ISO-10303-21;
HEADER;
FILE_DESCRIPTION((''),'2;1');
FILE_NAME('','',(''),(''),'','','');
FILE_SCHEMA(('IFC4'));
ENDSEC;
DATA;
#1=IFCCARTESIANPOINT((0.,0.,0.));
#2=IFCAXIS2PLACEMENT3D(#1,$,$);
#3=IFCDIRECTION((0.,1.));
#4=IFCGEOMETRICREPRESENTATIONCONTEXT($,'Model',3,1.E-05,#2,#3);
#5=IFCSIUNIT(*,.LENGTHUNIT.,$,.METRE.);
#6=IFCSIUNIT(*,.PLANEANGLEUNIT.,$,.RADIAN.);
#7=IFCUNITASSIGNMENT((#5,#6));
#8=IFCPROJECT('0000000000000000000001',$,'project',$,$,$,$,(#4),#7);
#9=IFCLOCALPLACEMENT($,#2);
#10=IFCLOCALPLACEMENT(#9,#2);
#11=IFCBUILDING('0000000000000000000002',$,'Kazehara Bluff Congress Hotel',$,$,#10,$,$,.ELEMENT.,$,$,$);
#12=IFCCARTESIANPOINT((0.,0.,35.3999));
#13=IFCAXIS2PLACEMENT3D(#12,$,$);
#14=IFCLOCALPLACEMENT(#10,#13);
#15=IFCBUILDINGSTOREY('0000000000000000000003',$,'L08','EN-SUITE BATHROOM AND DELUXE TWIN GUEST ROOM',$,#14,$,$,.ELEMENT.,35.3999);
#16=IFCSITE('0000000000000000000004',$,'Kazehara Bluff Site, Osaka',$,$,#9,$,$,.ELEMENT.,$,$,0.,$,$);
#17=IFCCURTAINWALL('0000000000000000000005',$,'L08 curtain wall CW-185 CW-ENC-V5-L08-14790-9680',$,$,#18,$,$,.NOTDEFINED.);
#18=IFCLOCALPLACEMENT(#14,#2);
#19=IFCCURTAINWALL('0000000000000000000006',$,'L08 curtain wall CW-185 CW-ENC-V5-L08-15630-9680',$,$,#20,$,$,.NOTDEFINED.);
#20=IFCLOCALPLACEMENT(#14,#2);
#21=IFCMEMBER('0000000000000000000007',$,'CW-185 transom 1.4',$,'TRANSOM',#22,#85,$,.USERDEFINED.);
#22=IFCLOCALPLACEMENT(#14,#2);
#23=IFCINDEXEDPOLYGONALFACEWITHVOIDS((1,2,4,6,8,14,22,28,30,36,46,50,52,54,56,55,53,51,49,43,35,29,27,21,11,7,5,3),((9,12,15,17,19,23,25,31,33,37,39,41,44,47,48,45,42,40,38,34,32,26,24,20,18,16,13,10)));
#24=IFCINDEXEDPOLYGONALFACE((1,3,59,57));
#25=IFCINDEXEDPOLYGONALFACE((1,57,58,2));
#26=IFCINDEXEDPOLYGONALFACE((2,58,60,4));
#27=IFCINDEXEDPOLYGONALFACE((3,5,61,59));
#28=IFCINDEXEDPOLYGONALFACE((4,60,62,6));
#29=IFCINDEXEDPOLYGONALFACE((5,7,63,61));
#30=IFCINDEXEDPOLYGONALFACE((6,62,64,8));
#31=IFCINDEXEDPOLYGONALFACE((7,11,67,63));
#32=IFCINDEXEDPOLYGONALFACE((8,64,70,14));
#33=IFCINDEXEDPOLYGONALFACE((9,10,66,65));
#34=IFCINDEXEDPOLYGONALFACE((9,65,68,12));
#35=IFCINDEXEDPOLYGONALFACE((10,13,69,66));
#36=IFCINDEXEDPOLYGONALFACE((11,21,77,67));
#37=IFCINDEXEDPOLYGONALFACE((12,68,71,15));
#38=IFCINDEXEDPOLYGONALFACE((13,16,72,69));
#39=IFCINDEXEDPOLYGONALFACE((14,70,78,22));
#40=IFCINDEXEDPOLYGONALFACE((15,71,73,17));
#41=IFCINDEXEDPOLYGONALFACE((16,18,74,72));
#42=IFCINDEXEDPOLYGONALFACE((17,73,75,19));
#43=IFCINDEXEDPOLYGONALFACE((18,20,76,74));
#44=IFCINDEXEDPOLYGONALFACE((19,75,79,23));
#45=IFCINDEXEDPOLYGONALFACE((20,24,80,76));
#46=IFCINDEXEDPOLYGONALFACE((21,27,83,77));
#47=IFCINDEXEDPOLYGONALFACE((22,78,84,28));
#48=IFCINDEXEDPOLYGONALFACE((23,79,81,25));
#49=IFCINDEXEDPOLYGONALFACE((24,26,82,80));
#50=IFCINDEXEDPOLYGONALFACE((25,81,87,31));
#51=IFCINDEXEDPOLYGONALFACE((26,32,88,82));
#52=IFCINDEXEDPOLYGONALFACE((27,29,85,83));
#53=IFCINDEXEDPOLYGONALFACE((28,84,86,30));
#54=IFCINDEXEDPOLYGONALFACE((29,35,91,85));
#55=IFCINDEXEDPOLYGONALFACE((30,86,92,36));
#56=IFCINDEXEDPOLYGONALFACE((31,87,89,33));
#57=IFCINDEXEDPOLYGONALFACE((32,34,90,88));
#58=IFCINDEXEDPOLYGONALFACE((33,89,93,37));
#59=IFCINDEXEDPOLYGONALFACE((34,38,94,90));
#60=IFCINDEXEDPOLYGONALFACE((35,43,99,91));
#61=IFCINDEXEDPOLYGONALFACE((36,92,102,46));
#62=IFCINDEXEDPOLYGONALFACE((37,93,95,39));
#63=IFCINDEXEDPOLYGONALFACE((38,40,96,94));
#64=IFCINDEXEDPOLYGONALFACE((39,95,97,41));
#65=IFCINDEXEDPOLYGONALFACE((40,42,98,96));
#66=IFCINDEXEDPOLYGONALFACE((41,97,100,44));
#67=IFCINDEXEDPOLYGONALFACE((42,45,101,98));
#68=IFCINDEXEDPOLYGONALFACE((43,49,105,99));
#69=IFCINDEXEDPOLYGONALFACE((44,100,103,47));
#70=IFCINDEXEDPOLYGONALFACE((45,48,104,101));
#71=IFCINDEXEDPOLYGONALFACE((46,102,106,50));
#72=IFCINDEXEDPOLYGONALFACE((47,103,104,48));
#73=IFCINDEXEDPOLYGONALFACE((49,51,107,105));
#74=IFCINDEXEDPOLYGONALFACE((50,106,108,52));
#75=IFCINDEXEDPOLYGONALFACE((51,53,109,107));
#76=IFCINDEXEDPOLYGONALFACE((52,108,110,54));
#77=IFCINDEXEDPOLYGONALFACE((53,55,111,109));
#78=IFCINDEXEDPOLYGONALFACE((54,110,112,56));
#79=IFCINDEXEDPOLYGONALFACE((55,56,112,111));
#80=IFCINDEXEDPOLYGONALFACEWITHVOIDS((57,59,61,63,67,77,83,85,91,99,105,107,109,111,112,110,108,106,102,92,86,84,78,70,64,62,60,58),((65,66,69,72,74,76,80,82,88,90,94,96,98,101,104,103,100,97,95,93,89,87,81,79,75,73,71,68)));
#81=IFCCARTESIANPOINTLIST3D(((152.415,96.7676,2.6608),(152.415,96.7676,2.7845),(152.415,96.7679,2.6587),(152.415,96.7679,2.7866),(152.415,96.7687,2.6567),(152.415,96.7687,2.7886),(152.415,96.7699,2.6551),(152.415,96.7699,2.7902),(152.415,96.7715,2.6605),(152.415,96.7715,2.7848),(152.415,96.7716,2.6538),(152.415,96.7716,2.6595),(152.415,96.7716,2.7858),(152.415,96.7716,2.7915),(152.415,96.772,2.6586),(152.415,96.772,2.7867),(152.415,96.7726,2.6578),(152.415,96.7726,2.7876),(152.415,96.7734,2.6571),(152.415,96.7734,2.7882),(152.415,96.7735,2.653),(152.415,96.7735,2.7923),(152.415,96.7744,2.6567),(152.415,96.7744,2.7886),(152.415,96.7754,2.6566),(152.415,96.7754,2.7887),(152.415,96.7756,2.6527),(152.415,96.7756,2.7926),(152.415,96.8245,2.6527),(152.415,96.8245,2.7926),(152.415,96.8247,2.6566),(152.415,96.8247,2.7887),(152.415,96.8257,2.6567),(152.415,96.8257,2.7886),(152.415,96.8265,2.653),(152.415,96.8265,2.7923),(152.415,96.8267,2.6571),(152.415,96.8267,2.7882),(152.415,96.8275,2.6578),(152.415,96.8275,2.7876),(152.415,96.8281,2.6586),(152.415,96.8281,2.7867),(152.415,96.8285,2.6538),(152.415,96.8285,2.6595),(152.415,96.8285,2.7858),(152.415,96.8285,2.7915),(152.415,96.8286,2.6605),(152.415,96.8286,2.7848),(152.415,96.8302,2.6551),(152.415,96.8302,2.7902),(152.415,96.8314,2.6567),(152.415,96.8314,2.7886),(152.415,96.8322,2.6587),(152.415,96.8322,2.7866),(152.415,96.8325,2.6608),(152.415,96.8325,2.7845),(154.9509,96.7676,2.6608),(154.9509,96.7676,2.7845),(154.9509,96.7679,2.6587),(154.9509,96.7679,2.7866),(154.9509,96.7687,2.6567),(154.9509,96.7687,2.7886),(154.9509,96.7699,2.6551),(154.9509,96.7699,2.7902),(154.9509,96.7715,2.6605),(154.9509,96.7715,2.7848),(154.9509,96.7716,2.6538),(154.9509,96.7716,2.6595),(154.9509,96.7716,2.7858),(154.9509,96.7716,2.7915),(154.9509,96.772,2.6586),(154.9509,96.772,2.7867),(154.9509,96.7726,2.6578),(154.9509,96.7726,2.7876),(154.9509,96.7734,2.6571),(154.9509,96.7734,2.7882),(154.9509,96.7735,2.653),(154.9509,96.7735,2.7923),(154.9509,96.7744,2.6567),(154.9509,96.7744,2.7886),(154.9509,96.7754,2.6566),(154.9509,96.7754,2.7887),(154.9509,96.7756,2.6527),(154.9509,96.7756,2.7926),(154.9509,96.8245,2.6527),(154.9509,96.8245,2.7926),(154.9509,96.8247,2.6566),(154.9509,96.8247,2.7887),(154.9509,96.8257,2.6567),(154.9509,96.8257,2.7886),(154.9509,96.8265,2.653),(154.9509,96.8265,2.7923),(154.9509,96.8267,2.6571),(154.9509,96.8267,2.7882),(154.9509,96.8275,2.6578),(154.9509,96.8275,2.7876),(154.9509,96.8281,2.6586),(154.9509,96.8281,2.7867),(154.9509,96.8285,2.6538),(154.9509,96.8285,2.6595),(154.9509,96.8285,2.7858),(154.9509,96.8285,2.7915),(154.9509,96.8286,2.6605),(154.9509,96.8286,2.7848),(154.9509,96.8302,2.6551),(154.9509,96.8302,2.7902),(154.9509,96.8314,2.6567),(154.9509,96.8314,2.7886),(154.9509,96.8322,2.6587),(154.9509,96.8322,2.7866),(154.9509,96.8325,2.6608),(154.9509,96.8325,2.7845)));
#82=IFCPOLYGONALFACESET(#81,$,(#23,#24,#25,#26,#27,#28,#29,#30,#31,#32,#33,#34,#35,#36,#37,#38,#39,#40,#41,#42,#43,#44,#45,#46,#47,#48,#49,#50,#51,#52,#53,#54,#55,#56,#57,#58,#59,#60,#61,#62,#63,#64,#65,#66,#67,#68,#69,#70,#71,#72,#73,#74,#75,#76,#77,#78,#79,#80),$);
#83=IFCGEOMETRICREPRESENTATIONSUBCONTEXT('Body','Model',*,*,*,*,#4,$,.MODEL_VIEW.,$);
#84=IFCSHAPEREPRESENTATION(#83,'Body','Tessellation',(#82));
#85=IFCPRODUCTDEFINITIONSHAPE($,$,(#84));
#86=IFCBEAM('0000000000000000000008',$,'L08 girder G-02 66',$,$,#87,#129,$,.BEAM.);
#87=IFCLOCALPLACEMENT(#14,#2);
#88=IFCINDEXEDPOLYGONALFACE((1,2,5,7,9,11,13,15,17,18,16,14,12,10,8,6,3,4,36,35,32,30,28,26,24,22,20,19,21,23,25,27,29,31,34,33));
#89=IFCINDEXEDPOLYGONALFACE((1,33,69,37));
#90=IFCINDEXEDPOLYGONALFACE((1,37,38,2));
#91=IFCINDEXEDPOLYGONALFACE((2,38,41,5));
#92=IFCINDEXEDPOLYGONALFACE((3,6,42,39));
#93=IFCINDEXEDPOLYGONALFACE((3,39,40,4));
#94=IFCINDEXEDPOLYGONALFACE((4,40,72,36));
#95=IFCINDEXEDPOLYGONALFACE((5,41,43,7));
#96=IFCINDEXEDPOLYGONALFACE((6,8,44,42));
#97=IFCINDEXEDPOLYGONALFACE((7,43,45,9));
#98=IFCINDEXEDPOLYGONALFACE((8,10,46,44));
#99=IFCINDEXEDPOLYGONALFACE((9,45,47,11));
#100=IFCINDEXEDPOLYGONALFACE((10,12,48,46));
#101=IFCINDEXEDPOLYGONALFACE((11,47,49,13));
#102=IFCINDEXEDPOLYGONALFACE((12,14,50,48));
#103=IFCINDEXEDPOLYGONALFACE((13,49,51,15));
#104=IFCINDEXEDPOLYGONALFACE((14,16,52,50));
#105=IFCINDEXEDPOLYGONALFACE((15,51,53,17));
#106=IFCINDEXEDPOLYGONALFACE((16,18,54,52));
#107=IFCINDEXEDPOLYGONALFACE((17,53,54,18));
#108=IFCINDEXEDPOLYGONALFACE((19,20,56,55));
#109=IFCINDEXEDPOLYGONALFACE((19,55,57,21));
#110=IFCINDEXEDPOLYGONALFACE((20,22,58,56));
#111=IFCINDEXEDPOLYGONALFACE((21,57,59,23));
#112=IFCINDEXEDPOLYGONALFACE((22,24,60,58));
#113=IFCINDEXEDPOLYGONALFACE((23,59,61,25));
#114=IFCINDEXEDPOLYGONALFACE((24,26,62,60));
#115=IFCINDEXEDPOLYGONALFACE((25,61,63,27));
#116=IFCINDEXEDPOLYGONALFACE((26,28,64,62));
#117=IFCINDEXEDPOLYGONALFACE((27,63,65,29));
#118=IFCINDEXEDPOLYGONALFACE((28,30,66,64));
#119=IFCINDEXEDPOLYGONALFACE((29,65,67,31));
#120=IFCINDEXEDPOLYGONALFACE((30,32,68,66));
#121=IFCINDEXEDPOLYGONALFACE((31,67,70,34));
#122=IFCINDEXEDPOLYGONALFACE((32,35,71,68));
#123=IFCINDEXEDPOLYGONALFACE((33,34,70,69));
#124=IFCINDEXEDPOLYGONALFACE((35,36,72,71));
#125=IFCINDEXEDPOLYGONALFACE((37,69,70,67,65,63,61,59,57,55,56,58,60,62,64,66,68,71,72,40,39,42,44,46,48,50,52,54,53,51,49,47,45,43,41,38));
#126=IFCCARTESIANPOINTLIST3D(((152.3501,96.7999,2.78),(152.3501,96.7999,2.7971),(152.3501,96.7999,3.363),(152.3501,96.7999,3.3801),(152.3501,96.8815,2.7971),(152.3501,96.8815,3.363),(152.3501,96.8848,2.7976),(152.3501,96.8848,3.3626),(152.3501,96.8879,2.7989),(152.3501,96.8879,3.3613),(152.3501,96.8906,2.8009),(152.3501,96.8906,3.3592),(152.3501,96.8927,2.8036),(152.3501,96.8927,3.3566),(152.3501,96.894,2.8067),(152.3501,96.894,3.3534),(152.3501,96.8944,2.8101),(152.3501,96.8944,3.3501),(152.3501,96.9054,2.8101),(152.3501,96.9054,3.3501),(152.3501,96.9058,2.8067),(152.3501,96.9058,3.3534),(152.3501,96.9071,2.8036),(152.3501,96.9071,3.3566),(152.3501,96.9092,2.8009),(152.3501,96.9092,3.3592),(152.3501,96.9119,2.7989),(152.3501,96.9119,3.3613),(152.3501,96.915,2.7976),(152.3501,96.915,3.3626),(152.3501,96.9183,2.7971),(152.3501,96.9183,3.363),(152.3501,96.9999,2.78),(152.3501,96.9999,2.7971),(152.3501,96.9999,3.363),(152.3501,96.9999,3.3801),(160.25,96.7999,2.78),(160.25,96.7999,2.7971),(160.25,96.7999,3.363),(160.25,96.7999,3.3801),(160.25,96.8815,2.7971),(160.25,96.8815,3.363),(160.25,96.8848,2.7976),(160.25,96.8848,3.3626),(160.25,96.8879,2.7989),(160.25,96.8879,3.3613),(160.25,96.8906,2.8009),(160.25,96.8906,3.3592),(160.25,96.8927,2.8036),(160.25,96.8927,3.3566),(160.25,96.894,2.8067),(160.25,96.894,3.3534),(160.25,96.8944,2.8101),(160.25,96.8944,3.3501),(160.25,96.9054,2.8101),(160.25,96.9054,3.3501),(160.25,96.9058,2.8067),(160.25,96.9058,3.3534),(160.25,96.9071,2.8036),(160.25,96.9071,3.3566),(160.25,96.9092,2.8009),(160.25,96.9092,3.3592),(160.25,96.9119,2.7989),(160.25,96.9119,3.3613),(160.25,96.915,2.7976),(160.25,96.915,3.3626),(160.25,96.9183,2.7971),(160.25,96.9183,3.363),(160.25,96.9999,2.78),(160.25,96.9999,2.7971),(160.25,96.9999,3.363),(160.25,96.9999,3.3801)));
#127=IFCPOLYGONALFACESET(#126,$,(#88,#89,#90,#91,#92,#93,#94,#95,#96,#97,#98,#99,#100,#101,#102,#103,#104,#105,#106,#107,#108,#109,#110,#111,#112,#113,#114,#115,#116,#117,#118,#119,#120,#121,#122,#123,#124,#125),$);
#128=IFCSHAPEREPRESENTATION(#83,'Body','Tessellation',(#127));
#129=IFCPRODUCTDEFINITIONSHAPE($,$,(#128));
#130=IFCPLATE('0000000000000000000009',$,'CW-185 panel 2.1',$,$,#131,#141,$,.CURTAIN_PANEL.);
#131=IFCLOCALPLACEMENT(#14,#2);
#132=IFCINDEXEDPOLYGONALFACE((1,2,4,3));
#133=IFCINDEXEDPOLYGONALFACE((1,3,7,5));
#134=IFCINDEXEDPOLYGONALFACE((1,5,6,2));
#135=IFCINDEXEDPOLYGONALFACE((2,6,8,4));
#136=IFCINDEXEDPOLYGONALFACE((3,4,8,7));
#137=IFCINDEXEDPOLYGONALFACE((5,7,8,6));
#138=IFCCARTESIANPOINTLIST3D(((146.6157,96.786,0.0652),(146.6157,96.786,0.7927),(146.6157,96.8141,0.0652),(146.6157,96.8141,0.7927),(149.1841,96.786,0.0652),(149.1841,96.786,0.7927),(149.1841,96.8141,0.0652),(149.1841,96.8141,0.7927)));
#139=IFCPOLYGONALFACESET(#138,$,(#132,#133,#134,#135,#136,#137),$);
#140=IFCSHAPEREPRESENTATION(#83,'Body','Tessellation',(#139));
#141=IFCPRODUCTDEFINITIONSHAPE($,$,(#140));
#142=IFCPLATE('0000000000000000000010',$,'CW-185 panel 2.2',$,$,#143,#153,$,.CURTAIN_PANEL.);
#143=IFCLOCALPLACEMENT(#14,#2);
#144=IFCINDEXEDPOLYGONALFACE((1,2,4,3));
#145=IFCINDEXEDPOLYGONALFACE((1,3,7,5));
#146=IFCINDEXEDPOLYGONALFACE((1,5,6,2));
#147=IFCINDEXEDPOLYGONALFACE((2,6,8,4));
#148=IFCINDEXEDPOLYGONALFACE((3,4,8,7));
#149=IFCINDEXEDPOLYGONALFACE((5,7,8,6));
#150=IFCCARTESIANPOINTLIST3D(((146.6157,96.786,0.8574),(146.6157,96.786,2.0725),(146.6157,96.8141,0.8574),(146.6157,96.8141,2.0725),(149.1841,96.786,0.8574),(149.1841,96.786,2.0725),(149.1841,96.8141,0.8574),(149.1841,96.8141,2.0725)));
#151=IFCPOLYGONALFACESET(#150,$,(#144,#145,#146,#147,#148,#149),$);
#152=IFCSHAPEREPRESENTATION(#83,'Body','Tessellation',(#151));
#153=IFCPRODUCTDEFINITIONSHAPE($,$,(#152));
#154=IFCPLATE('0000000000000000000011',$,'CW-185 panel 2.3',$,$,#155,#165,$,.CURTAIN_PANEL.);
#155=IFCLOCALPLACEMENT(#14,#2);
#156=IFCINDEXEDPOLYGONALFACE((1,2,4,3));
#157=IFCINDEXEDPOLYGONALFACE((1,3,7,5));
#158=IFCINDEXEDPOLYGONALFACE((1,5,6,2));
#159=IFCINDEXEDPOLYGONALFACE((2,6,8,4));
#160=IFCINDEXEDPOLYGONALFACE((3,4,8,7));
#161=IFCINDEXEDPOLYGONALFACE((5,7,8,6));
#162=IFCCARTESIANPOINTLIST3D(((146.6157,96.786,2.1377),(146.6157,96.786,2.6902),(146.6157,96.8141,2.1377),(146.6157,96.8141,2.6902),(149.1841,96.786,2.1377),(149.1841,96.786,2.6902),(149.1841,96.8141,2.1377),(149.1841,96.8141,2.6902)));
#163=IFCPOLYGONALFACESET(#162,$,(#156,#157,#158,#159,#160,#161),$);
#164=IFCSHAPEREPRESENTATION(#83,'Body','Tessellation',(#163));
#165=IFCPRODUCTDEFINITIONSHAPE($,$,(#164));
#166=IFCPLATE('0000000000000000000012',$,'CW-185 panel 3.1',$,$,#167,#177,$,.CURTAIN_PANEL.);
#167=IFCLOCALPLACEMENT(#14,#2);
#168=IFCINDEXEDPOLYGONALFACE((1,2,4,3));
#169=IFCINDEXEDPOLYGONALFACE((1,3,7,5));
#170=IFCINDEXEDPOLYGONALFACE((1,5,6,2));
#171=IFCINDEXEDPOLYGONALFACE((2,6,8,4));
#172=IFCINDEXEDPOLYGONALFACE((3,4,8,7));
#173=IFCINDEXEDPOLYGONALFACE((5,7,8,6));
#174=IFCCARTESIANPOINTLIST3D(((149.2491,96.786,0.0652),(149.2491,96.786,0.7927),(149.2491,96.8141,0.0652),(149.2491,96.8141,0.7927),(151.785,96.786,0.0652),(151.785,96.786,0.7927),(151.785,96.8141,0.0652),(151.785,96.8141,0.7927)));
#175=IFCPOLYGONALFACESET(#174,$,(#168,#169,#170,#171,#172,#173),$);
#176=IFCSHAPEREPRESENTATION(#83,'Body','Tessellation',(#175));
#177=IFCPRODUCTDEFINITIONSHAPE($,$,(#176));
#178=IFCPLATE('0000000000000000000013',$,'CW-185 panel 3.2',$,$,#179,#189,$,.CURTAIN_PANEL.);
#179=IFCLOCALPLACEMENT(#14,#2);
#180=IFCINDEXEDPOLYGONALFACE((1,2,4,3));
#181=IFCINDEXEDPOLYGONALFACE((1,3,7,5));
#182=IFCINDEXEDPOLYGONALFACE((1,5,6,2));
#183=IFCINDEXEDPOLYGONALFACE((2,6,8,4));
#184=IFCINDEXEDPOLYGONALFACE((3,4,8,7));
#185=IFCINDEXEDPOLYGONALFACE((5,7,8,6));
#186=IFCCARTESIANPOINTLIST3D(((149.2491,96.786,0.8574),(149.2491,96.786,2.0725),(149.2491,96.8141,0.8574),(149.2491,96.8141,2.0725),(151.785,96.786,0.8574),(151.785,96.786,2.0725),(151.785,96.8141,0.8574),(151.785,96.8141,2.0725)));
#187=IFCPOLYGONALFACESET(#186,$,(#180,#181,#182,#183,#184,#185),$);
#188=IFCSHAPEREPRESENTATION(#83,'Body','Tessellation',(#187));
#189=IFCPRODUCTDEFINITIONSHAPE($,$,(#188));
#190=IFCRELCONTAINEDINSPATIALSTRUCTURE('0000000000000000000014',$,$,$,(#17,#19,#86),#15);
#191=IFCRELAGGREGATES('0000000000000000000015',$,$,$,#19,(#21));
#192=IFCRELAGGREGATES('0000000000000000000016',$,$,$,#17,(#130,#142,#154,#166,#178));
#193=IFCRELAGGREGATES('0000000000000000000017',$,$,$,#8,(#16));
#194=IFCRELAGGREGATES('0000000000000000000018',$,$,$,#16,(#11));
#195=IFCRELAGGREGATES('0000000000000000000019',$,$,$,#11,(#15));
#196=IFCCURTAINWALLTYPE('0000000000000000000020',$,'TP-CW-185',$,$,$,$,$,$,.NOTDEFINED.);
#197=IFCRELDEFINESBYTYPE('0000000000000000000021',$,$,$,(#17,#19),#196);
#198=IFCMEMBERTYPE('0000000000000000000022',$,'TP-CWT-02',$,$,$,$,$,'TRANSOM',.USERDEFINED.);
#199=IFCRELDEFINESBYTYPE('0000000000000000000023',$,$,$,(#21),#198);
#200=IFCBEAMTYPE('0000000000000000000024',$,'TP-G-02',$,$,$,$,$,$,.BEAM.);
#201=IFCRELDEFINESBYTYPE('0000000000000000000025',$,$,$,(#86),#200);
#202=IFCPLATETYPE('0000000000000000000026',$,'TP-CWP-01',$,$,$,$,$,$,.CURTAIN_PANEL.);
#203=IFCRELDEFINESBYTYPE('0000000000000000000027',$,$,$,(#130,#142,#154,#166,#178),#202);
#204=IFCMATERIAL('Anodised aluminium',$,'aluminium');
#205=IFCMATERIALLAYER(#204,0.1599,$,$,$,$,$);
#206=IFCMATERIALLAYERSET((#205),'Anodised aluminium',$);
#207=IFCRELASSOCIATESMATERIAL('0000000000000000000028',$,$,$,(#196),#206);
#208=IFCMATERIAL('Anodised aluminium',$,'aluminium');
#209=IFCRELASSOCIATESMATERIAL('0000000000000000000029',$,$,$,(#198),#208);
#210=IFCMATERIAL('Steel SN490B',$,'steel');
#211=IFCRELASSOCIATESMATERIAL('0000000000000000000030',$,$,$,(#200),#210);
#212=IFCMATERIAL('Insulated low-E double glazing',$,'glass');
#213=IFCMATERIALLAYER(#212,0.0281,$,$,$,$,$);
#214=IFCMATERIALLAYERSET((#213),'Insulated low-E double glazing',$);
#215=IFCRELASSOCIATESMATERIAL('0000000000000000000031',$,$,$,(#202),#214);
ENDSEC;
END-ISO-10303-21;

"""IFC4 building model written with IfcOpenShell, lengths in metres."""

from ifc_helpers import new_model, si_unit, direction, frame, origin, origin_2d, place, context, subcontext, project, spatial, rectangle, hollow_rectangle, i_section, extrude, material, layer, layer_set, material_profile, profile_set, type_object, element, aggregate, save


model = new_model("IFC4")

# Units and contexts
model_context = context("Model", 3, precision=1e-05, world=origin(), true_north=direction((0.0, 1.0)))
body_context = subcontext(model_context, "Body", "Model", "MODEL_VIEW")
ifc_project = project(units=[si_unit("LENGTHUNIT", "METRE"), si_unit("PLANEANGLEUNIT", "RADIAN")], contexts=[model_context])

# Site, building, storey
site_placement = place(None, origin())
site = spatial("IfcSite", under=ifc_project, at=site_placement, Name="Kazehara Bluff Site, Osaka", CompositionType="ELEMENT", RefElevation=0.0)
building_placement = place(site_placement, origin())
building = spatial("IfcBuilding", under=site, at=building_placement, Name="Kazehara Bluff Congress Hotel", CompositionType="ELEMENT")
storey_placement = place(building_placement, frame((0.0, 0.0, 35.3999)))
storey = spatial("IfcBuildingStorey", under=building, at=storey_placement, Name="L08", Description="EN-SUITE BATHROOM AND DELUXE TWIN GUEST ROOM", CompositionType="ELEMENT", Elevation=35.3999)

# Curtain wall
ifc_material_1 = material(Name="Anodised aluminium", Category="aluminium")
ifc_layer_1 = layer(ifc_material_1, 0.1599)
ifc_layer_set_1 = layer_set([ifc_layer_1], Name="Anodised aluminium")
curtain_wall_type = type_object("IfcCurtainWallType", Name="TP-CW-185", PredefinedType="NOTDEFINED", material=ifc_layer_set_1)
curtain_wall_1_placement = place(storey_placement, origin())
curtain_wall_1 = element("IfcCurtainWall", 1, at=curtain_wall_1_placement, inside=storey, type_object=curtain_wall_type, Name="L08 curtain wall CW-185 CW-ENC-V5-L08-14790-9680", PredefinedType="NOTDEFINED")

# Curtain wall
curtain_wall_2_placement = place(storey_placement, origin())
curtain_wall_2 = element("IfcCurtainWall", 2, at=curtain_wall_2_placement, inside=storey, type_object=curtain_wall_type, Name="L08 curtain wall CW-185 CW-ENC-V5-L08-15630-9680", PredefinedType="NOTDEFINED")

# Member
ifc_material_2 = material(Name="Anodised aluminium", Category="aluminium")
ifc_material_profile_1 = material_profile(ifc_material_2, hollow_rectangle(XDim=0.0649, YDim=0.1399, WallThickness=0.0039, InnerFilletRadius=0.0039, OuterFilletRadius=0.0081, at=origin_2d()))
ifc_profile_set_1 = profile_set([ifc_material_profile_1], Name="Anodised aluminium")
member_type_1 = type_object("IfcMemberType", Name="TP-CWT-02", ElementType="TRANSOM", PredefinedType="USERDEFINED", material=ifc_profile_set_1)
member_1_placement = place(storey_placement, frame((152.415, 96.8, 2.7227), z_axis=(1.0, 0.0, 0.0), x_axis=(0.0, 1.0, 0.0)))
member_1 = element("IfcMember", 3, at=member_1_placement, type_object=member_type_1, Name="CW-185 transom 1.4", ObjectType="TRANSOM", PredefinedType="USERDEFINED", context=body_context, shape_type="SweptSolid", body=[
    extrude(hollow_rectangle(XDim=0.0649, YDim=0.1399, WallThickness=0.0039, InnerFilletRadius=0.0039, OuterFilletRadius=0.0081, at=origin_2d()), origin(), (0.0, 0.0, 1.0), 2.5359),
])
aggregate(curtain_wall_2, [member_1])

# Beam
ifc_material_3 = material(Name="Steel SN490B", Category="steel")
ifc_material_profile_2 = material_profile(ifc_material_3, i_section(OverallWidth=0.2, OverallDepth=0.6001, WebThickness=0.011, FlangeThickness=0.0171, FilletRadius=0.0129, at=origin_2d()))
ifc_profile_set_2 = profile_set([ifc_material_profile_2], Name="Steel SN490B")
beam_type = type_object("IfcBeamType", Name="TP-G-02", PredefinedType="BEAM", material=ifc_profile_set_2)
beam_placement = place(storey_placement, frame((152.3501, 96.8999, 3.0801), z_axis=(1.0, 0.0, 0.0), x_axis=(0.0, 1.0, 0.0)))
element("IfcBeam", 4, at=beam_placement, inside=storey, type_object=beam_type, Name="L08 girder G-02 66", PredefinedType="BEAM", context=body_context, shape_type="SweptSolid", body=[
    extrude(i_section(OverallWidth=0.2, OverallDepth=0.6001, WebThickness=0.011, FlangeThickness=0.0171, FilletRadius=0.0129, at=origin_2d()), origin(), (0.0, 0.0, 1.0), 7.8999),
])

# Plates
ifc_material_4 = material(Name="Insulated low-E double glazing", Category="glass")
ifc_layer_2 = layer(ifc_material_4, 0.0281)
ifc_layer_set_2 = layer_set([ifc_layer_2], Name="Insulated low-E double glazing")
plate_type = type_object("IfcPlateType", Name="TP-CWP-01", PredefinedType="CURTAIN_PANEL", material=ifc_layer_set_2)
plate_1_placement = place(storey_placement, frame((147.8999, 96.8, 0.0652), z_axis=(0.0, 0.0, 1.0), x_axis=(1.0, 0.0, 0.0)))
plate_1 = element("IfcPlate", 5, at=plate_1_placement, type_object=plate_type, Name="CW-185 panel 2.1", PredefinedType="CURTAIN_PANEL", context=body_context, shape_type="SweptSolid", body=[
    extrude(rectangle(XDim=2.5684, YDim=0.0281, at=origin_2d()), origin(), (0.0, 0.0, 1.0), 0.7275),
])
plate_2_placement = place(storey_placement, frame((147.8999, 96.8, 0.8574), z_axis=(0.0, 0.0, 1.0), x_axis=(1.0, 0.0, 0.0)))
plate_2 = element("IfcPlate", 6, at=plate_2_placement, type_object=plate_type, Name="CW-185 panel 2.2", PredefinedType="CURTAIN_PANEL", context=body_context, shape_type="SweptSolid", body=[
    extrude(rectangle(XDim=2.5684, YDim=0.0281, at=origin_2d()), origin(), (0.0, 0.0, 1.0), 1.2151),
])
plate_3_placement = place(storey_placement, frame((147.8999, 96.8, 2.1377), z_axis=(0.0, 0.0, 1.0), x_axis=(1.0, 0.0, 0.0)))
plate_3 = element("IfcPlate", 7, at=plate_3_placement, type_object=plate_type, Name="CW-185 panel 2.3", PredefinedType="CURTAIN_PANEL", context=body_context, shape_type="SweptSolid", body=[
    extrude(rectangle(XDim=2.5684, YDim=0.0281, at=origin_2d()), origin(), (0.0, 0.0, 1.0), 0.5525),
])
plate_4_placement = place(storey_placement, frame((150.5171, 96.8, 0.0652), z_axis=(0.0, 0.0, 1.0), x_axis=(1.0, 0.0, 0.0)))
plate_4 = element("IfcPlate", 8, at=plate_4_placement, type_object=plate_type, Name="CW-185 panel 3.1", PredefinedType="CURTAIN_PANEL", context=body_context, shape_type="SweptSolid", body=[
    extrude(rectangle(XDim=2.5359, YDim=0.0281, at=origin_2d()), origin(), (0.0, 0.0, 1.0), 0.7275),
])
plate_5_placement = place(storey_placement, frame((150.5171, 96.8, 0.8574), z_axis=(0.0, 0.0, 1.0), x_axis=(1.0, 0.0, 0.0)))
plate_5 = element("IfcPlate", 9, at=plate_5_placement, type_object=plate_type, Name="CW-185 panel 3.2", PredefinedType="CURTAIN_PANEL", context=body_context, shape_type="SweptSolid", body=[
    extrude(rectangle(XDim=2.5359, YDim=0.0281, at=origin_2d()), origin(), (0.0, 0.0, 1.0), 1.2151),
])
aggregate(curtain_wall_1, [plate_1, plate_2, plate_3, plate_4, plate_5])

save(model, "model.ifc")
